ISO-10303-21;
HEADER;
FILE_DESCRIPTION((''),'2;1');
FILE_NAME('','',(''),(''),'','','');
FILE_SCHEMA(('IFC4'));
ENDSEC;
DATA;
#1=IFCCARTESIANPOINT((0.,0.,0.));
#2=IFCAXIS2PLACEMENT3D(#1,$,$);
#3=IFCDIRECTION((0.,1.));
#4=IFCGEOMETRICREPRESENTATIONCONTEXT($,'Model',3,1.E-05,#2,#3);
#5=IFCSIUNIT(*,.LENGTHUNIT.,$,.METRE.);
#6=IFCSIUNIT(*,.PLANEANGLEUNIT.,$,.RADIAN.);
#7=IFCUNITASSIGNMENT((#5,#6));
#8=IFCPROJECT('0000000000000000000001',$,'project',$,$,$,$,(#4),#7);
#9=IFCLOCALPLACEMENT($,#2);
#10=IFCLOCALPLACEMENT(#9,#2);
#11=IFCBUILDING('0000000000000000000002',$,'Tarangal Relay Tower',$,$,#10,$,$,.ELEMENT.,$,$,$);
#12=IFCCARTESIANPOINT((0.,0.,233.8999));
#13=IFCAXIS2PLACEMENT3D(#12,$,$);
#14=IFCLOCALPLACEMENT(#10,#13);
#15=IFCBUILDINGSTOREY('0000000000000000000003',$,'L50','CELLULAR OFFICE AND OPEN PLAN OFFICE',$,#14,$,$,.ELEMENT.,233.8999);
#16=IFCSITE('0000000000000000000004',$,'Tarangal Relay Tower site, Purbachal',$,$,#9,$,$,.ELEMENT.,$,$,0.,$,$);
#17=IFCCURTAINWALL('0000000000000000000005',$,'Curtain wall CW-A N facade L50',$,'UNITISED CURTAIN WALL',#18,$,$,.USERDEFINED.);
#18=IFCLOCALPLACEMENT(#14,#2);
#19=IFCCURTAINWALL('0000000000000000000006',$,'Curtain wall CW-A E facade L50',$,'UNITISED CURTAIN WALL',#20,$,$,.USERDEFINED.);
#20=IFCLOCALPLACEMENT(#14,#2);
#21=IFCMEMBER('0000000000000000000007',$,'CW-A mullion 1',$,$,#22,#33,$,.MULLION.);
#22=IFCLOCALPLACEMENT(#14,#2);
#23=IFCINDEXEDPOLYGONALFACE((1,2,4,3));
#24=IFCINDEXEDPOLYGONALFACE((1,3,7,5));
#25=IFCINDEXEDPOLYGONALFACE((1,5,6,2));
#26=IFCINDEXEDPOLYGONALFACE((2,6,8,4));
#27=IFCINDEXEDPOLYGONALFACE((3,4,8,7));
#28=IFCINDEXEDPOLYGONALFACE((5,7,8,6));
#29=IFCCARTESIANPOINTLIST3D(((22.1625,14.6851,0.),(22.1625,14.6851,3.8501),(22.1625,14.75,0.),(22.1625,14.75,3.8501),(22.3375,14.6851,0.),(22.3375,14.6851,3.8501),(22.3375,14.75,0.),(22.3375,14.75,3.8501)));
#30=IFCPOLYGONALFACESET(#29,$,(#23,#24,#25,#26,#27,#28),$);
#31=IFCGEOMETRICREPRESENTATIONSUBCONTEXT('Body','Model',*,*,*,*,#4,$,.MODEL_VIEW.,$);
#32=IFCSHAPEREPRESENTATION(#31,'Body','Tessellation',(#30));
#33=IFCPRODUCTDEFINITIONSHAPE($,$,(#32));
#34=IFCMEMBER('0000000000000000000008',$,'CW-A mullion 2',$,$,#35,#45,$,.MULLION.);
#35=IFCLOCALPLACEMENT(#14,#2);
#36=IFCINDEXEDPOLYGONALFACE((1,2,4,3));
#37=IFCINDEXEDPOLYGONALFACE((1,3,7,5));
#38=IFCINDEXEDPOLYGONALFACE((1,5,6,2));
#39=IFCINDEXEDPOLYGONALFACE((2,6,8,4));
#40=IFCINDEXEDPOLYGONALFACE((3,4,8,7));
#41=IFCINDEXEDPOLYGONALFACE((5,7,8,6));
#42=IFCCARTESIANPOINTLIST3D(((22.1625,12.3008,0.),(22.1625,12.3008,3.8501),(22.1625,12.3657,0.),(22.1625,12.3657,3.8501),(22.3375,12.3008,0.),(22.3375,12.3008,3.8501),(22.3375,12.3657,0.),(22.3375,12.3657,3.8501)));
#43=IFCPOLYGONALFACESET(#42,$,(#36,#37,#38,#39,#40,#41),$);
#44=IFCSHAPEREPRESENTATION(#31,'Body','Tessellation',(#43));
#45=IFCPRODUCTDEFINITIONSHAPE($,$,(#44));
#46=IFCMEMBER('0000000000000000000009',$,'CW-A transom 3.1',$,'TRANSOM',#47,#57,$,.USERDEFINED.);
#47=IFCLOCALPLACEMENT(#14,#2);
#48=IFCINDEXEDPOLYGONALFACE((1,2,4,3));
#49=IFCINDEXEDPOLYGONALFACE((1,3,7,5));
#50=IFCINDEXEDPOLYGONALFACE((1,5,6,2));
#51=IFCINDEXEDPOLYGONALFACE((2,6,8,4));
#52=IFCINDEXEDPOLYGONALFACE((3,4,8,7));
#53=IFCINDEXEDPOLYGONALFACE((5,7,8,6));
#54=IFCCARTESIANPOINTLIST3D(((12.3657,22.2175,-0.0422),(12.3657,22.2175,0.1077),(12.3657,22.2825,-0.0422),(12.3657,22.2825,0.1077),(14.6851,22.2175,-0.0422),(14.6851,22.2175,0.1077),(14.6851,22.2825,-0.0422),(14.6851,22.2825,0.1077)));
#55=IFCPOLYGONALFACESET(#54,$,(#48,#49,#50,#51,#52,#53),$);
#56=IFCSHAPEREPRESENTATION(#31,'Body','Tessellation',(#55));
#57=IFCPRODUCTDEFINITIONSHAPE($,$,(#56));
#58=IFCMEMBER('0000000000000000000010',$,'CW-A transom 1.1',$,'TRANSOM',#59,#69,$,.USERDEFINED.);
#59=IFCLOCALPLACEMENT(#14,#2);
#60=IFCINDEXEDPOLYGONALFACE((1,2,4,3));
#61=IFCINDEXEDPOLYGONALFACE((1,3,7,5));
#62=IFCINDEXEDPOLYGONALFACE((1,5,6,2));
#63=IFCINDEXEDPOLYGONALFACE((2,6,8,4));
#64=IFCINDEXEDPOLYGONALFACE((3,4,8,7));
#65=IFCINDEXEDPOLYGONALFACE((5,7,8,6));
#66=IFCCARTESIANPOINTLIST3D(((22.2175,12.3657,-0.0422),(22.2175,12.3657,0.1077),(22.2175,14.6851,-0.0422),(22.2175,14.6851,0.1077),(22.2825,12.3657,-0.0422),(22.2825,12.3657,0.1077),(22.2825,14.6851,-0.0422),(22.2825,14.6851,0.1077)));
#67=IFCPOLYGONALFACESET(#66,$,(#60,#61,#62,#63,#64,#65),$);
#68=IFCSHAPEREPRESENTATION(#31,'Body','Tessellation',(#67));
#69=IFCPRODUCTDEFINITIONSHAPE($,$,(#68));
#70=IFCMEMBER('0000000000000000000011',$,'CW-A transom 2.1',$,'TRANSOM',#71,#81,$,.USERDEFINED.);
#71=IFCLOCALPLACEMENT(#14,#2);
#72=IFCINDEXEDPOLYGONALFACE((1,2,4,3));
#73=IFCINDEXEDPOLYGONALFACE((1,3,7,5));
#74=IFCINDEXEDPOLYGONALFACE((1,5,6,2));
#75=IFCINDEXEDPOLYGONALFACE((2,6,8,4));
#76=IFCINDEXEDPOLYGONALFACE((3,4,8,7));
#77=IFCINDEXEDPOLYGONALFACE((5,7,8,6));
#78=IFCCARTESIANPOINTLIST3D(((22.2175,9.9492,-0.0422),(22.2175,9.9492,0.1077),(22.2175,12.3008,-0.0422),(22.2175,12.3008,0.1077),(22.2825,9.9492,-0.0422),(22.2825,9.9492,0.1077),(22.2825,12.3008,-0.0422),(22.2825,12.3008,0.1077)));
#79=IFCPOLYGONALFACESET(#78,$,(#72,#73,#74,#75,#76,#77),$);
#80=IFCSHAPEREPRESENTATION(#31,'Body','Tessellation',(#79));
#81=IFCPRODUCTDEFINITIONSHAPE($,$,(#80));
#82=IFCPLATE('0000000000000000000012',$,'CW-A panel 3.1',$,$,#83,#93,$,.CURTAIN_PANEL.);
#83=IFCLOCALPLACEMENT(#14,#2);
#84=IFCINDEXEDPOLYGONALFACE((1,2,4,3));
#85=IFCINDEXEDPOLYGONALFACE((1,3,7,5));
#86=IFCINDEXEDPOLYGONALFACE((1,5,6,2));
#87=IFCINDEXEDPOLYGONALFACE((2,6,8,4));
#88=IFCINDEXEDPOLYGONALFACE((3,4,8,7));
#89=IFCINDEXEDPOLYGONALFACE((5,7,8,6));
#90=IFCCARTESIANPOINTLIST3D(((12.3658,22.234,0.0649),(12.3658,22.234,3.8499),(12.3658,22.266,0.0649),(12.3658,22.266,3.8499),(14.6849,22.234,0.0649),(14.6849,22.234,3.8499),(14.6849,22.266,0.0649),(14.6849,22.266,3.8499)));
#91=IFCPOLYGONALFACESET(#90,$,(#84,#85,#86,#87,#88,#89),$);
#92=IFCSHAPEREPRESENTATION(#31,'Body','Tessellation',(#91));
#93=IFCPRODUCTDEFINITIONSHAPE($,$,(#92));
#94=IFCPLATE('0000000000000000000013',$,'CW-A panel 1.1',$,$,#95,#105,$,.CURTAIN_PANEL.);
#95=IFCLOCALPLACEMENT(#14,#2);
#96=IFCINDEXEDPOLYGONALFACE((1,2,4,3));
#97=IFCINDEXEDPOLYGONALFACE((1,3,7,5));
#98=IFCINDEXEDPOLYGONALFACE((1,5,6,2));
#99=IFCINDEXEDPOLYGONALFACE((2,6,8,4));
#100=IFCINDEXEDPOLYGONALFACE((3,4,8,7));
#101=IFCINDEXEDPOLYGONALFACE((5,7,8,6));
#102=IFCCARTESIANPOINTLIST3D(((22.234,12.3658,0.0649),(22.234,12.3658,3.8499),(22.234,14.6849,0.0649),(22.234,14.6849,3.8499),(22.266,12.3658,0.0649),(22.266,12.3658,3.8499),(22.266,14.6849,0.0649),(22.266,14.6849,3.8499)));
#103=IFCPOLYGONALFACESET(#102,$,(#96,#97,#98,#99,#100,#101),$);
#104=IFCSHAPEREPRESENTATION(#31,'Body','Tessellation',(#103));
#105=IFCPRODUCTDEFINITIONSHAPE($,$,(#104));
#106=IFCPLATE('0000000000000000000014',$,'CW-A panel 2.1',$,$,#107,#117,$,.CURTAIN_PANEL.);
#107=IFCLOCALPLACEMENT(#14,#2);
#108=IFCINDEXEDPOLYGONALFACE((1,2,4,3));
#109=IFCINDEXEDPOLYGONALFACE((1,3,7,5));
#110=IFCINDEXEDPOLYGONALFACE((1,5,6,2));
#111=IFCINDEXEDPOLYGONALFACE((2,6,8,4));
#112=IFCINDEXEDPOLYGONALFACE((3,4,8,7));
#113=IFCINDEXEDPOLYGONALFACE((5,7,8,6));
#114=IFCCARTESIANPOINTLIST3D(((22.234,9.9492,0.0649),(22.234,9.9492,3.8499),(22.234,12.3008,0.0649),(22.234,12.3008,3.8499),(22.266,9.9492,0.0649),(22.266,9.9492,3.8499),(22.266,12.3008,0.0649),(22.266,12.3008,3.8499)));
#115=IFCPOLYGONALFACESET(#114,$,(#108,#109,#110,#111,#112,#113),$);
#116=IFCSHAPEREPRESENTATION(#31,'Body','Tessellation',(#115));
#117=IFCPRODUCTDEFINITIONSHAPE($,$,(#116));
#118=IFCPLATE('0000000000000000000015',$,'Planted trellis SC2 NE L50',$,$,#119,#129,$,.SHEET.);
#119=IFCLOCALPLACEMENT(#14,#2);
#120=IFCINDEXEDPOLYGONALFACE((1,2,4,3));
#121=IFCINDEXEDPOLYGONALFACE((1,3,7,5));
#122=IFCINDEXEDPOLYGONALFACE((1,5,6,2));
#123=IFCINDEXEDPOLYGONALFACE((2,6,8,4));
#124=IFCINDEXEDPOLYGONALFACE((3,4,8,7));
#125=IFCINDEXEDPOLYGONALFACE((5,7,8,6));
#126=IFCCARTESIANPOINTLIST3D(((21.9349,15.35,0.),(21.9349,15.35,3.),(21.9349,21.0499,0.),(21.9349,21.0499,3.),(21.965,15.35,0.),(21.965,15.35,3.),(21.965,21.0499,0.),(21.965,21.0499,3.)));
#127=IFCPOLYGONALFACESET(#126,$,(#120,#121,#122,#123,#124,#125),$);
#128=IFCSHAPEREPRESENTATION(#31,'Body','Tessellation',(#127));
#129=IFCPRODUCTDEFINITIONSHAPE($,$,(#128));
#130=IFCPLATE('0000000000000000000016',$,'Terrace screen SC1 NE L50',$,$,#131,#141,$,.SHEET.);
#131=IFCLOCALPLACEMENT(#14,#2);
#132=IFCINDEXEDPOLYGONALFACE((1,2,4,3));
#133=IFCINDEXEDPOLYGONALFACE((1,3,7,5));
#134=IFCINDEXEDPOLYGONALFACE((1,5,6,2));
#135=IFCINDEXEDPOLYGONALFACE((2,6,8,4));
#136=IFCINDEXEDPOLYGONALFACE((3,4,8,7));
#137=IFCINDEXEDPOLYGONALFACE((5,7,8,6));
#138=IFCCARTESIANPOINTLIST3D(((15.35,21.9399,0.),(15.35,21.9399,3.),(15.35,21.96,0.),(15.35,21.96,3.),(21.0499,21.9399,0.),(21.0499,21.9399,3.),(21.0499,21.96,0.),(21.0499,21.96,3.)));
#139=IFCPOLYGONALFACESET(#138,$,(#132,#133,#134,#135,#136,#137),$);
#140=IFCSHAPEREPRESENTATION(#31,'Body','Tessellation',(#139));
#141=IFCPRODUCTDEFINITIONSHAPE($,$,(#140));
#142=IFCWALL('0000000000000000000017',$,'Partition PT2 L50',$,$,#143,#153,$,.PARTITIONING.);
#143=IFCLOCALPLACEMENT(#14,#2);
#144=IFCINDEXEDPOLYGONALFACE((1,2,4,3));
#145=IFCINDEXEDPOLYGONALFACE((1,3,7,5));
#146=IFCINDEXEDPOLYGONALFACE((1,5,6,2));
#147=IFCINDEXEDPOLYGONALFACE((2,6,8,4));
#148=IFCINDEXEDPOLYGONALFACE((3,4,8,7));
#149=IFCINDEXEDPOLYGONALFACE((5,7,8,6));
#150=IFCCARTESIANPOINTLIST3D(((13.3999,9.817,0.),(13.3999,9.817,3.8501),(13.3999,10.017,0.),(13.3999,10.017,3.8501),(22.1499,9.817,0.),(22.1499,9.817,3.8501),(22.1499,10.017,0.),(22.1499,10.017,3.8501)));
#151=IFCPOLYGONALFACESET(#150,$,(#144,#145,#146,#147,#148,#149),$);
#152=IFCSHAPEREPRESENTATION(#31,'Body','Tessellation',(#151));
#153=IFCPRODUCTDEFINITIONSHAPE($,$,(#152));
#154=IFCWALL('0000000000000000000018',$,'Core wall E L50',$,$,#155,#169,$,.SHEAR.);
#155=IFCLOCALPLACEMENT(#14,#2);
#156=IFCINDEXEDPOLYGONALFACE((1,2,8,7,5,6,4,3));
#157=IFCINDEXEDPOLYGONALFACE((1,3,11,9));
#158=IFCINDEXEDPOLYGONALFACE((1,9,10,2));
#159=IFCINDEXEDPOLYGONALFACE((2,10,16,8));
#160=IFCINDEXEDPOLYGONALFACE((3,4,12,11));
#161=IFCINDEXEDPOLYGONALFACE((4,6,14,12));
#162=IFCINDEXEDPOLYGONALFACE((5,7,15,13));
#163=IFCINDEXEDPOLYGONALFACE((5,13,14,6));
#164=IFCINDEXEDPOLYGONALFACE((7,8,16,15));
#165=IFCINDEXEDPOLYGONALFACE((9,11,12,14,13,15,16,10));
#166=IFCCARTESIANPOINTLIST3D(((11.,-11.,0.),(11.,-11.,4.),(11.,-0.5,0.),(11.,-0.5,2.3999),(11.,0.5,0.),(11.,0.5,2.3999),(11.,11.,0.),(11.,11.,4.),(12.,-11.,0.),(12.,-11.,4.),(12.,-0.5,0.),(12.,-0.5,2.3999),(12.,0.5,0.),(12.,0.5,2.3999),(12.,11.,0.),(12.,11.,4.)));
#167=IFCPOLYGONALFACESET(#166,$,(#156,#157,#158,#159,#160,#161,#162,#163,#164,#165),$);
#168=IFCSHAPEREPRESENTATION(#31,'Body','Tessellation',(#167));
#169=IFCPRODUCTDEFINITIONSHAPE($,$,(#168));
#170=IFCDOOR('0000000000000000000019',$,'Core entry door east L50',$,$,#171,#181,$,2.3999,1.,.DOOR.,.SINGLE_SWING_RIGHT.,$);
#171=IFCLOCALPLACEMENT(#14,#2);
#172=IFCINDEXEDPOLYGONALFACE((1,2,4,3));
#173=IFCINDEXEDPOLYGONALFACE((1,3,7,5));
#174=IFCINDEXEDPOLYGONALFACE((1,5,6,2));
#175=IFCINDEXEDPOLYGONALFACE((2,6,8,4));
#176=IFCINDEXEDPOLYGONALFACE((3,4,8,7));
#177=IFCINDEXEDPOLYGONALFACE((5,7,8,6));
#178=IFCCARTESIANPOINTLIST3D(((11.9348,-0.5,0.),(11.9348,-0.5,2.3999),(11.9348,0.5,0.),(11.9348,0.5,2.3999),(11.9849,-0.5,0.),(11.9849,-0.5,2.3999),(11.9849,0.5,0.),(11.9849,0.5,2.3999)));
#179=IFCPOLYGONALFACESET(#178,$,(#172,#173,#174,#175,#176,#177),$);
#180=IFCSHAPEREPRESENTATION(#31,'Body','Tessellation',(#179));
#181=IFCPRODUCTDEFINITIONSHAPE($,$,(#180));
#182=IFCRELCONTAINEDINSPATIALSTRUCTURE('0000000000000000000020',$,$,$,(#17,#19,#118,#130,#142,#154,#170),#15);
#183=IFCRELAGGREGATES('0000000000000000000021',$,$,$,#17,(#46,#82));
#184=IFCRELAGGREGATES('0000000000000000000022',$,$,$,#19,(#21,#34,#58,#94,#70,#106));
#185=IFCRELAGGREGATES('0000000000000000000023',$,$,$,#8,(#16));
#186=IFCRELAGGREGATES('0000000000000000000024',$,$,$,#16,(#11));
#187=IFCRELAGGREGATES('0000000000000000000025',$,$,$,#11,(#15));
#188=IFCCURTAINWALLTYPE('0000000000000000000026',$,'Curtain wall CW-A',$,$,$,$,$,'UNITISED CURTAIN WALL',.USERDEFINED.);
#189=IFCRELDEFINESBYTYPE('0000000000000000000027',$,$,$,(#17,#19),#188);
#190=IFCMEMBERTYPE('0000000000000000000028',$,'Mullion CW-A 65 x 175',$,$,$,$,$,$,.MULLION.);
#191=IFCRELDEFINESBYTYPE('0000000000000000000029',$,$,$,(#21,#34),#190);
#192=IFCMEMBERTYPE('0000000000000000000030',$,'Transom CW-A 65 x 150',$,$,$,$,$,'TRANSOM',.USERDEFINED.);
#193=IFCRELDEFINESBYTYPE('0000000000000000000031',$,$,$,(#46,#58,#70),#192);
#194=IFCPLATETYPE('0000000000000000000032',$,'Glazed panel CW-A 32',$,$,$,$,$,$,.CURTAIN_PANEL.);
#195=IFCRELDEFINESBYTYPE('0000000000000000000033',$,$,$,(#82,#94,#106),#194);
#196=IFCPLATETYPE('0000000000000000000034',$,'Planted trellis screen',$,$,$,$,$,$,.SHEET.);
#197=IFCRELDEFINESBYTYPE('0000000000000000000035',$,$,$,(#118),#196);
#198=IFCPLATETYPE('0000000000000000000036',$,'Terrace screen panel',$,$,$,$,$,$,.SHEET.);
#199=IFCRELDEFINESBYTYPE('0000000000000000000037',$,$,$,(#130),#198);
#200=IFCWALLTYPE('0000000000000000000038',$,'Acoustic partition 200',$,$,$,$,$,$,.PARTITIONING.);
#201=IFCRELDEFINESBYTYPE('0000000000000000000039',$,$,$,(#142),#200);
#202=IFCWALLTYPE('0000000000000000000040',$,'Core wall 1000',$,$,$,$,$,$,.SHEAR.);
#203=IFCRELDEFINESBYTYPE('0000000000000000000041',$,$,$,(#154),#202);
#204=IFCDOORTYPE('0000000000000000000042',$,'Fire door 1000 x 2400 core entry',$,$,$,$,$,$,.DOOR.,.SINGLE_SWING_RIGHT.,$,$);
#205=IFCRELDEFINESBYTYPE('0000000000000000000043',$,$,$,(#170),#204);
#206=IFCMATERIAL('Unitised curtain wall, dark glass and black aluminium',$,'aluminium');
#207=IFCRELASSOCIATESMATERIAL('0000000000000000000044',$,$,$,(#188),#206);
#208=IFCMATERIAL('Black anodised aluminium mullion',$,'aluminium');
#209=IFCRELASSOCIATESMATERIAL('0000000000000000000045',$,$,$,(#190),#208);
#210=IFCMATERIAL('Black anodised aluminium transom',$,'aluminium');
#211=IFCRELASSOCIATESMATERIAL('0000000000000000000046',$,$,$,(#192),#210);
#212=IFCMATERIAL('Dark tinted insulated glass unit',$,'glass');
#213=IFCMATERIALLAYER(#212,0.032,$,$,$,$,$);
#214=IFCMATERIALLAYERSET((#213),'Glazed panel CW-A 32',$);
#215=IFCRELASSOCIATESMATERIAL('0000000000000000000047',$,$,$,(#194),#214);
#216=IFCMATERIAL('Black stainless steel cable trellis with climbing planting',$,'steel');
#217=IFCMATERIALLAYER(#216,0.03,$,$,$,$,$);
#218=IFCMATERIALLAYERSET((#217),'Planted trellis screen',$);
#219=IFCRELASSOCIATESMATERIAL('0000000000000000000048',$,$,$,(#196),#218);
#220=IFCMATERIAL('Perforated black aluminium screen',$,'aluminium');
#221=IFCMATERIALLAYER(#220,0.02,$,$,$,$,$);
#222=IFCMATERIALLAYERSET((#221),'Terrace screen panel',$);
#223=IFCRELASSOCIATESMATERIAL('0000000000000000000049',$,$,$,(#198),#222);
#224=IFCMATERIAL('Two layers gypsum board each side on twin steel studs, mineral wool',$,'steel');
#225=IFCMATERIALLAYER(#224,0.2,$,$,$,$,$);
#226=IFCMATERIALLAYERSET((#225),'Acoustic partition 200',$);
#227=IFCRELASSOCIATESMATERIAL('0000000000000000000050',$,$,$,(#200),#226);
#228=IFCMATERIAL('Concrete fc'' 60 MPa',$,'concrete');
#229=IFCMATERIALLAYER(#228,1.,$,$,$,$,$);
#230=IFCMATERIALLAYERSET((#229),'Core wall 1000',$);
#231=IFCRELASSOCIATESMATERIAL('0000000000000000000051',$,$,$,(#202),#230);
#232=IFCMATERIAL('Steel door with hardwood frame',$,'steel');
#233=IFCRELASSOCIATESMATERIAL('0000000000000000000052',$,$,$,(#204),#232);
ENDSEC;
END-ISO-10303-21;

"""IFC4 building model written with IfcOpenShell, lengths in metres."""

from ifc_helpers import new_model, si_unit, direction, frame, frame_2d, origin, origin_2d, place, context, subcontext, project, spatial, rectangle, extrude, material, layer, layer_set, material_profile, profile_set, type_object, element, fill, aggregate, save


model = new_model("IFC4")

# Units and contexts
model_context = context("Model", 3, precision=1e-05, world=origin(), true_north=direction((0.0, 1.0)))
body_context = subcontext(model_context, "Body", "Model", "MODEL_VIEW")
ifc_project = project(units=[si_unit("LENGTHUNIT", "METRE"), si_unit("PLANEANGLEUNIT", "RADIAN")], contexts=[model_context])

# Site, building, storey
site_placement = place(None, origin())
site = spatial("IfcSite", under=ifc_project, at=site_placement, Name="Tarangal Relay Tower site, Purbachal", CompositionType="ELEMENT", RefElevation=0.0)
building_placement = place(site_placement, origin())
building = spatial("IfcBuilding", under=site, at=building_placement, Name="Tarangal Relay Tower", CompositionType="ELEMENT")
storey_placement = place(building_placement, frame((0.0, 0.0, 233.8999)))
storey = spatial("IfcBuildingStorey", under=building, at=storey_placement, Name="L50", Description="CELLULAR OFFICE AND OPEN PLAN OFFICE", CompositionType="ELEMENT", Elevation=233.8999)

# Curtain walls, members
ifc_material_1 = material(Name="Unitised curtain wall, dark glass and black aluminium", Category="aluminium")
curtain_wall_type = type_object("IfcCurtainWallType", Name="Curtain wall CW-A", ElementType="UNITISED CURTAIN WALL", PredefinedType="USERDEFINED", material=ifc_material_1)
curtain_wall_1_placement = place(storey_placement, origin())
curtain_wall_1 = element("IfcCurtainWall", 1, at=curtain_wall_1_placement, inside=storey, type_object=curtain_wall_type, Name="Curtain wall CW-A N facade L50", ObjectType="UNITISED CURTAIN WALL", PredefinedType="USERDEFINED")
ifc_material_2 = material(Name="Black anodised aluminium mullion", Category="aluminium")
ifc_material_profile_1 = material_profile(ifc_material_2, rectangle(XDim=0.175, YDim=0.0649, at=origin_2d()), Name="CW-AM 65X175")
ifc_profile_set_1 = profile_set([ifc_material_profile_1], Name="Black anodised aluminium mullion")
member_type_1 = type_object("IfcMemberType", Name="Mullion CW-A 65 x 175", PredefinedType="MULLION", material=ifc_profile_set_1)
curtain_wall_2_placement = place(storey_placement, origin())
curtain_wall_2 = element("IfcCurtainWall", 2, at=curtain_wall_2_placement, inside=storey, type_object=curtain_wall_type, Name="Curtain wall CW-A E facade L50", ObjectType="UNITISED CURTAIN WALL", PredefinedType="USERDEFINED")
member_1_placement = place(storey_placement, frame((22.25, 14.7175, 0.0), z_axis=(0.0, 0.0, 1.0), x_axis=(1.0, 0.0, 0.0)))
member_1 = element("IfcMember", 3, at=member_1_placement, type_object=member_type_1, Name="CW-A mullion 1", PredefinedType="MULLION", context=body_context, shape_type="SweptSolid", body=[
    extrude(rectangle(XDim=0.175, YDim=0.0649, at=origin_2d()), origin(), (0.0, 0.0, 1.0), 3.8501),
])
member_2_placement = place(storey_placement, frame((22.25, 12.3333, 0.0), z_axis=(0.0, 0.0, 1.0), x_axis=(1.0, 0.0, 0.0)))
member_2 = element("IfcMember", 4, at=member_2_placement, type_object=member_type_1, Name="CW-A mullion 2", PredefinedType="MULLION", context=body_context, shape_type="SweptSolid", body=[
    extrude(rectangle(XDim=0.175, YDim=0.0649, at=origin_2d()), origin(), (0.0, 0.0, 1.0), 3.8501),
])

# Members
ifc_material_3 = material(Name="Black anodised aluminium transom", Category="aluminium")
ifc_material_profile_2 = material_profile(ifc_material_3, rectangle(XDim=0.0649, YDim=0.1499, at=origin_2d()), Name="CW-AT 65X150")
ifc_profile_set_2 = profile_set([ifc_material_profile_2], Name="Black anodised aluminium transom")
member_type_2 = type_object("IfcMemberType", Name="Transom CW-A 65 x 150", ElementType="TRANSOM", PredefinedType="USERDEFINED", material=ifc_profile_set_2)
member_3_placement = place(storey_placement, frame((12.3657, 22.25, 0.0327), z_axis=(1.0, 0.0, 0.0), x_axis=(0.0, 1.0, 0.0)))
member_3 = element("IfcMember", 5, at=member_3_placement, type_object=member_type_2, Name="CW-A transom 3.1", ObjectType="TRANSOM", PredefinedType="USERDEFINED", context=body_context, shape_type="SweptSolid", body=[
    extrude(rectangle(XDim=0.0649, YDim=0.1499, at=origin_2d()), origin(), (0.0, 0.0, 1.0), 2.3193),
])
member_4_placement = place(storey_placement, frame((22.25, 14.6851, 0.0327), z_axis=(0.0, -1.0, 0.0), x_axis=(1.0, 0.0, 0.0)))
member_4 = element("IfcMember", 6, at=member_4_placement, type_object=member_type_2, Name="CW-A transom 1.1", ObjectType="TRANSOM", PredefinedType="USERDEFINED", context=body_context, shape_type="SweptSolid", body=[
    extrude(rectangle(XDim=0.0649, YDim=0.1499, at=origin_2d()), origin(), (0.0, 0.0, 1.0), 2.3193),
])
member_5_placement = place(storey_placement, frame((22.25, 12.3008, 0.0327), z_axis=(0.0, -1.0, 0.0), x_axis=(1.0, 0.0, 0.0)))
member_5 = element("IfcMember", 7, at=member_5_placement, type_object=member_type_2, Name="CW-A transom 2.1", ObjectType="TRANSOM", PredefinedType="USERDEFINED", context=body_context, shape_type="SweptSolid", body=[
    extrude(rectangle(XDim=0.0649, YDim=0.1499, at=origin_2d()), origin(), (0.0, 0.0, 1.0), 2.3516),
])

# Plates
ifc_material_4 = material(Name="Dark tinted insulated glass unit", Category="glass")
ifc_layer_1 = layer(ifc_material_4, 0.032)
ifc_layer_set_1 = layer_set([ifc_layer_1], Name="Glazed panel CW-A 32")
plate_type_1 = type_object("IfcPlateType", Name="Glazed panel CW-A 32", PredefinedType="CURTAIN_PANEL", material=ifc_layer_set_1)
plate_1_placement = place(storey_placement, frame((13.5254, 22.25, 0.0649), z_axis=(0.0, 0.0, 1.0), x_axis=(1.0, 0.0, 0.0)))
plate_1 = element("IfcPlate", 8, at=plate_1_placement, type_object=plate_type_1, Name="CW-A panel 3.1", PredefinedType="CURTAIN_PANEL", context=body_context, shape_type="SweptSolid", body=[
    extrude(rectangle(XDim=2.3191, YDim=0.032, at=origin_2d()), origin(), (0.0, 0.0, 1.0), 3.7849),
])
aggregate(curtain_wall_1, [member_3, plate_1])
plate_2_placement = place(storey_placement, frame((22.25, 13.5254, 0.0649), z_axis=(0.0, 0.0, 1.0), x_axis=(0.0, -1.0, 0.0)))
plate_2 = element("IfcPlate", 9, at=plate_2_placement, type_object=plate_type_1, Name="CW-A panel 1.1", PredefinedType="CURTAIN_PANEL", context=body_context, shape_type="SweptSolid", body=[
    extrude(rectangle(XDim=2.3191, YDim=0.032, at=origin_2d()), origin(), (0.0, 0.0, 1.0), 3.7849),
])
plate_3_placement = place(storey_placement, frame((22.25, 11.125, 0.0649), z_axis=(0.0, 0.0, 1.0), x_axis=(0.0, -1.0, 0.0)))
plate_3 = element("IfcPlate", 10, at=plate_3_placement, type_object=plate_type_1, Name="CW-A panel 2.1", PredefinedType="CURTAIN_PANEL", context=body_context, shape_type="SweptSolid", body=[
    extrude(rectangle(XDim=2.3516, YDim=0.032, at=origin_2d()), origin(), (0.0, 0.0, 1.0), 3.7849),
])
aggregate(curtain_wall_2, [member_1, member_2, member_4, plate_2, member_5, plate_3])

# Plates
ifc_material_5 = material(Name="Black stainless steel cable trellis with climbing planting", Category="steel")
ifc_layer_2 = layer(ifc_material_5, 0.03)
ifc_layer_set_2 = layer_set([ifc_layer_2], Name="Planted trellis screen")
plate_type_2 = type_object("IfcPlateType", Name="Planted trellis screen", PredefinedType="SHEET", material=ifc_layer_set_2)
plate_4_placement = place(storey_placement, frame((21.95, 18.2, 0.0), z_axis=(0.0, 0.0, 1.0), x_axis=(0.0, -1.0, 0.0)))
element("IfcPlate", 11, at=plate_4_placement, inside=storey, type_object=plate_type_2, Name="Planted trellis SC2 NE L50", PredefinedType="SHEET", context=body_context, shape_type="SweptSolid", body=[
    extrude(rectangle(XDim=5.7, YDim=0.03, at=origin_2d()), origin(), (0.0, 0.0, 1.0), 3.0),
])
ifc_material_6 = material(Name="Perforated black aluminium screen", Category="aluminium")
ifc_layer_3 = layer(ifc_material_6, 0.02)
ifc_layer_set_3 = layer_set([ifc_layer_3], Name="Terrace screen panel")
plate_type_3 = type_object("IfcPlateType", Name="Terrace screen panel", PredefinedType="SHEET", material=ifc_layer_set_3)
plate_5_placement = place(storey_placement, frame((18.2, 21.95, 0.0), z_axis=(0.0, 0.0, 1.0), x_axis=(1.0, 0.0, 0.0)))
element("IfcPlate", 12, at=plate_5_placement, inside=storey, type_object=plate_type_3, Name="Terrace screen SC1 NE L50", PredefinedType="SHEET", context=body_context, shape_type="SweptSolid", body=[
    extrude(rectangle(XDim=5.7, YDim=0.02, at=origin_2d()), origin(), (0.0, 0.0, 1.0), 3.0),
])

# Wall
ifc_material_7 = material(Name="Two layers gypsum board each side on twin steel studs, mineral wool", Category="steel")
ifc_layer_4 = layer(ifc_material_7, 0.2)
ifc_layer_set_4 = layer_set([ifc_layer_4], Name="Acoustic partition 200")
wall_type_1 = type_object("IfcWallType", Name="Acoustic partition 200", PredefinedType="PARTITIONING", material=ifc_layer_set_4)
wall_1_placement = place(storey_placement, frame((13.3999, 9.917, 0.0), z_axis=(0.0, 0.0, 1.0), x_axis=(1.0, 0.0, 0.0)))
element("IfcWall", 13, at=wall_1_placement, inside=storey, type_object=wall_type_1, Name="Partition PT2 L50", PredefinedType="PARTITIONING", context=body_context, shape_type="SweptSolid", body=[
    extrude(rectangle(XDim=8.75, YDim=0.2, at=frame_2d((4.375, 0.0))), origin(), (0.0, 0.0, 1.0), 3.8501),
])

# Wall, opening, door
ifc_material_8 = material(Name="Concrete fc' 60 MPa", Category="concrete")
ifc_layer_5 = layer(ifc_material_8, 1.0)
ifc_layer_set_5 = layer_set([ifc_layer_5], Name="Core wall 1000")
wall_type_2 = type_object("IfcWallType", Name="Core wall 1000", PredefinedType="SHEAR", material=ifc_layer_set_5)
wall_2_placement = place(storey_placement, frame((11.5, 11.0, 0.0), z_axis=(0.0, 0.0, 1.0), x_axis=(0.0, -1.0, 0.0)))
wall_2 = element("IfcWall", 14, at=wall_2_placement, inside=storey, type_object=wall_type_2, Name="Core wall E L50", PredefinedType="SHEAR", context=body_context, shape_type="SweptSolid", body=[
    extrude(rectangle(XDim=22.0, YDim=1.0, at=frame_2d((11.0, 0.0))), origin(), (0.0, 0.0, 1.0), 4.0),
])
opening_1_placement = place(wall_2_placement, frame((10.5, 0.0, 0.0)))
opening_1 = element("IfcOpeningElement", 15, at=opening_1_placement, cuts=wall_2, PredefinedType="OPENING", context=body_context, shape_type="SweptSolid", body=[
    extrude(rectangle(XDim=1.0, YDim=2.3999, at=frame_2d((0.5, 1.2))), frame((0.0, 0.51, 0.0), z_axis=(0.0, -1.0, 0.0), x_axis=(1.0, 0.0, 0.0)), (0.0, 0.0, 1.0), 1.02),
])
ifc_material_9 = material(Name="Steel door with hardwood frame", Category="steel")
door_type_1 = type_object("IfcDoorType", Name="Fire door 1000 x 2400 core entry", OperationType="SINGLE_SWING_RIGHT", PredefinedType="DOOR", material=ifc_material_9)
door_1_placement = place(opening_1_placement, origin())
door_1 = element("IfcDoor", 16, at=door_1_placement, inside=storey, type_object=door_type_1, Name="Core entry door east L50", OperationType="SINGLE_SWING_RIGHT", OverallHeight=2.3999, OverallWidth=1.0, PredefinedType="DOOR", context=body_context, shape_type="SweptSolid", body=[
    extrude(rectangle(XDim=1.0, YDim=2.3999, at=frame_2d((0.5, 1.2))), frame((0.0, 0.4849, 0.0), z_axis=(0.0, -1.0, 0.0), x_axis=(1.0, 0.0, 0.0)), (0.0, 0.0, 1.0), 0.05),
])
fill(opening_1, door_1)

save(model, "model.ifc")
